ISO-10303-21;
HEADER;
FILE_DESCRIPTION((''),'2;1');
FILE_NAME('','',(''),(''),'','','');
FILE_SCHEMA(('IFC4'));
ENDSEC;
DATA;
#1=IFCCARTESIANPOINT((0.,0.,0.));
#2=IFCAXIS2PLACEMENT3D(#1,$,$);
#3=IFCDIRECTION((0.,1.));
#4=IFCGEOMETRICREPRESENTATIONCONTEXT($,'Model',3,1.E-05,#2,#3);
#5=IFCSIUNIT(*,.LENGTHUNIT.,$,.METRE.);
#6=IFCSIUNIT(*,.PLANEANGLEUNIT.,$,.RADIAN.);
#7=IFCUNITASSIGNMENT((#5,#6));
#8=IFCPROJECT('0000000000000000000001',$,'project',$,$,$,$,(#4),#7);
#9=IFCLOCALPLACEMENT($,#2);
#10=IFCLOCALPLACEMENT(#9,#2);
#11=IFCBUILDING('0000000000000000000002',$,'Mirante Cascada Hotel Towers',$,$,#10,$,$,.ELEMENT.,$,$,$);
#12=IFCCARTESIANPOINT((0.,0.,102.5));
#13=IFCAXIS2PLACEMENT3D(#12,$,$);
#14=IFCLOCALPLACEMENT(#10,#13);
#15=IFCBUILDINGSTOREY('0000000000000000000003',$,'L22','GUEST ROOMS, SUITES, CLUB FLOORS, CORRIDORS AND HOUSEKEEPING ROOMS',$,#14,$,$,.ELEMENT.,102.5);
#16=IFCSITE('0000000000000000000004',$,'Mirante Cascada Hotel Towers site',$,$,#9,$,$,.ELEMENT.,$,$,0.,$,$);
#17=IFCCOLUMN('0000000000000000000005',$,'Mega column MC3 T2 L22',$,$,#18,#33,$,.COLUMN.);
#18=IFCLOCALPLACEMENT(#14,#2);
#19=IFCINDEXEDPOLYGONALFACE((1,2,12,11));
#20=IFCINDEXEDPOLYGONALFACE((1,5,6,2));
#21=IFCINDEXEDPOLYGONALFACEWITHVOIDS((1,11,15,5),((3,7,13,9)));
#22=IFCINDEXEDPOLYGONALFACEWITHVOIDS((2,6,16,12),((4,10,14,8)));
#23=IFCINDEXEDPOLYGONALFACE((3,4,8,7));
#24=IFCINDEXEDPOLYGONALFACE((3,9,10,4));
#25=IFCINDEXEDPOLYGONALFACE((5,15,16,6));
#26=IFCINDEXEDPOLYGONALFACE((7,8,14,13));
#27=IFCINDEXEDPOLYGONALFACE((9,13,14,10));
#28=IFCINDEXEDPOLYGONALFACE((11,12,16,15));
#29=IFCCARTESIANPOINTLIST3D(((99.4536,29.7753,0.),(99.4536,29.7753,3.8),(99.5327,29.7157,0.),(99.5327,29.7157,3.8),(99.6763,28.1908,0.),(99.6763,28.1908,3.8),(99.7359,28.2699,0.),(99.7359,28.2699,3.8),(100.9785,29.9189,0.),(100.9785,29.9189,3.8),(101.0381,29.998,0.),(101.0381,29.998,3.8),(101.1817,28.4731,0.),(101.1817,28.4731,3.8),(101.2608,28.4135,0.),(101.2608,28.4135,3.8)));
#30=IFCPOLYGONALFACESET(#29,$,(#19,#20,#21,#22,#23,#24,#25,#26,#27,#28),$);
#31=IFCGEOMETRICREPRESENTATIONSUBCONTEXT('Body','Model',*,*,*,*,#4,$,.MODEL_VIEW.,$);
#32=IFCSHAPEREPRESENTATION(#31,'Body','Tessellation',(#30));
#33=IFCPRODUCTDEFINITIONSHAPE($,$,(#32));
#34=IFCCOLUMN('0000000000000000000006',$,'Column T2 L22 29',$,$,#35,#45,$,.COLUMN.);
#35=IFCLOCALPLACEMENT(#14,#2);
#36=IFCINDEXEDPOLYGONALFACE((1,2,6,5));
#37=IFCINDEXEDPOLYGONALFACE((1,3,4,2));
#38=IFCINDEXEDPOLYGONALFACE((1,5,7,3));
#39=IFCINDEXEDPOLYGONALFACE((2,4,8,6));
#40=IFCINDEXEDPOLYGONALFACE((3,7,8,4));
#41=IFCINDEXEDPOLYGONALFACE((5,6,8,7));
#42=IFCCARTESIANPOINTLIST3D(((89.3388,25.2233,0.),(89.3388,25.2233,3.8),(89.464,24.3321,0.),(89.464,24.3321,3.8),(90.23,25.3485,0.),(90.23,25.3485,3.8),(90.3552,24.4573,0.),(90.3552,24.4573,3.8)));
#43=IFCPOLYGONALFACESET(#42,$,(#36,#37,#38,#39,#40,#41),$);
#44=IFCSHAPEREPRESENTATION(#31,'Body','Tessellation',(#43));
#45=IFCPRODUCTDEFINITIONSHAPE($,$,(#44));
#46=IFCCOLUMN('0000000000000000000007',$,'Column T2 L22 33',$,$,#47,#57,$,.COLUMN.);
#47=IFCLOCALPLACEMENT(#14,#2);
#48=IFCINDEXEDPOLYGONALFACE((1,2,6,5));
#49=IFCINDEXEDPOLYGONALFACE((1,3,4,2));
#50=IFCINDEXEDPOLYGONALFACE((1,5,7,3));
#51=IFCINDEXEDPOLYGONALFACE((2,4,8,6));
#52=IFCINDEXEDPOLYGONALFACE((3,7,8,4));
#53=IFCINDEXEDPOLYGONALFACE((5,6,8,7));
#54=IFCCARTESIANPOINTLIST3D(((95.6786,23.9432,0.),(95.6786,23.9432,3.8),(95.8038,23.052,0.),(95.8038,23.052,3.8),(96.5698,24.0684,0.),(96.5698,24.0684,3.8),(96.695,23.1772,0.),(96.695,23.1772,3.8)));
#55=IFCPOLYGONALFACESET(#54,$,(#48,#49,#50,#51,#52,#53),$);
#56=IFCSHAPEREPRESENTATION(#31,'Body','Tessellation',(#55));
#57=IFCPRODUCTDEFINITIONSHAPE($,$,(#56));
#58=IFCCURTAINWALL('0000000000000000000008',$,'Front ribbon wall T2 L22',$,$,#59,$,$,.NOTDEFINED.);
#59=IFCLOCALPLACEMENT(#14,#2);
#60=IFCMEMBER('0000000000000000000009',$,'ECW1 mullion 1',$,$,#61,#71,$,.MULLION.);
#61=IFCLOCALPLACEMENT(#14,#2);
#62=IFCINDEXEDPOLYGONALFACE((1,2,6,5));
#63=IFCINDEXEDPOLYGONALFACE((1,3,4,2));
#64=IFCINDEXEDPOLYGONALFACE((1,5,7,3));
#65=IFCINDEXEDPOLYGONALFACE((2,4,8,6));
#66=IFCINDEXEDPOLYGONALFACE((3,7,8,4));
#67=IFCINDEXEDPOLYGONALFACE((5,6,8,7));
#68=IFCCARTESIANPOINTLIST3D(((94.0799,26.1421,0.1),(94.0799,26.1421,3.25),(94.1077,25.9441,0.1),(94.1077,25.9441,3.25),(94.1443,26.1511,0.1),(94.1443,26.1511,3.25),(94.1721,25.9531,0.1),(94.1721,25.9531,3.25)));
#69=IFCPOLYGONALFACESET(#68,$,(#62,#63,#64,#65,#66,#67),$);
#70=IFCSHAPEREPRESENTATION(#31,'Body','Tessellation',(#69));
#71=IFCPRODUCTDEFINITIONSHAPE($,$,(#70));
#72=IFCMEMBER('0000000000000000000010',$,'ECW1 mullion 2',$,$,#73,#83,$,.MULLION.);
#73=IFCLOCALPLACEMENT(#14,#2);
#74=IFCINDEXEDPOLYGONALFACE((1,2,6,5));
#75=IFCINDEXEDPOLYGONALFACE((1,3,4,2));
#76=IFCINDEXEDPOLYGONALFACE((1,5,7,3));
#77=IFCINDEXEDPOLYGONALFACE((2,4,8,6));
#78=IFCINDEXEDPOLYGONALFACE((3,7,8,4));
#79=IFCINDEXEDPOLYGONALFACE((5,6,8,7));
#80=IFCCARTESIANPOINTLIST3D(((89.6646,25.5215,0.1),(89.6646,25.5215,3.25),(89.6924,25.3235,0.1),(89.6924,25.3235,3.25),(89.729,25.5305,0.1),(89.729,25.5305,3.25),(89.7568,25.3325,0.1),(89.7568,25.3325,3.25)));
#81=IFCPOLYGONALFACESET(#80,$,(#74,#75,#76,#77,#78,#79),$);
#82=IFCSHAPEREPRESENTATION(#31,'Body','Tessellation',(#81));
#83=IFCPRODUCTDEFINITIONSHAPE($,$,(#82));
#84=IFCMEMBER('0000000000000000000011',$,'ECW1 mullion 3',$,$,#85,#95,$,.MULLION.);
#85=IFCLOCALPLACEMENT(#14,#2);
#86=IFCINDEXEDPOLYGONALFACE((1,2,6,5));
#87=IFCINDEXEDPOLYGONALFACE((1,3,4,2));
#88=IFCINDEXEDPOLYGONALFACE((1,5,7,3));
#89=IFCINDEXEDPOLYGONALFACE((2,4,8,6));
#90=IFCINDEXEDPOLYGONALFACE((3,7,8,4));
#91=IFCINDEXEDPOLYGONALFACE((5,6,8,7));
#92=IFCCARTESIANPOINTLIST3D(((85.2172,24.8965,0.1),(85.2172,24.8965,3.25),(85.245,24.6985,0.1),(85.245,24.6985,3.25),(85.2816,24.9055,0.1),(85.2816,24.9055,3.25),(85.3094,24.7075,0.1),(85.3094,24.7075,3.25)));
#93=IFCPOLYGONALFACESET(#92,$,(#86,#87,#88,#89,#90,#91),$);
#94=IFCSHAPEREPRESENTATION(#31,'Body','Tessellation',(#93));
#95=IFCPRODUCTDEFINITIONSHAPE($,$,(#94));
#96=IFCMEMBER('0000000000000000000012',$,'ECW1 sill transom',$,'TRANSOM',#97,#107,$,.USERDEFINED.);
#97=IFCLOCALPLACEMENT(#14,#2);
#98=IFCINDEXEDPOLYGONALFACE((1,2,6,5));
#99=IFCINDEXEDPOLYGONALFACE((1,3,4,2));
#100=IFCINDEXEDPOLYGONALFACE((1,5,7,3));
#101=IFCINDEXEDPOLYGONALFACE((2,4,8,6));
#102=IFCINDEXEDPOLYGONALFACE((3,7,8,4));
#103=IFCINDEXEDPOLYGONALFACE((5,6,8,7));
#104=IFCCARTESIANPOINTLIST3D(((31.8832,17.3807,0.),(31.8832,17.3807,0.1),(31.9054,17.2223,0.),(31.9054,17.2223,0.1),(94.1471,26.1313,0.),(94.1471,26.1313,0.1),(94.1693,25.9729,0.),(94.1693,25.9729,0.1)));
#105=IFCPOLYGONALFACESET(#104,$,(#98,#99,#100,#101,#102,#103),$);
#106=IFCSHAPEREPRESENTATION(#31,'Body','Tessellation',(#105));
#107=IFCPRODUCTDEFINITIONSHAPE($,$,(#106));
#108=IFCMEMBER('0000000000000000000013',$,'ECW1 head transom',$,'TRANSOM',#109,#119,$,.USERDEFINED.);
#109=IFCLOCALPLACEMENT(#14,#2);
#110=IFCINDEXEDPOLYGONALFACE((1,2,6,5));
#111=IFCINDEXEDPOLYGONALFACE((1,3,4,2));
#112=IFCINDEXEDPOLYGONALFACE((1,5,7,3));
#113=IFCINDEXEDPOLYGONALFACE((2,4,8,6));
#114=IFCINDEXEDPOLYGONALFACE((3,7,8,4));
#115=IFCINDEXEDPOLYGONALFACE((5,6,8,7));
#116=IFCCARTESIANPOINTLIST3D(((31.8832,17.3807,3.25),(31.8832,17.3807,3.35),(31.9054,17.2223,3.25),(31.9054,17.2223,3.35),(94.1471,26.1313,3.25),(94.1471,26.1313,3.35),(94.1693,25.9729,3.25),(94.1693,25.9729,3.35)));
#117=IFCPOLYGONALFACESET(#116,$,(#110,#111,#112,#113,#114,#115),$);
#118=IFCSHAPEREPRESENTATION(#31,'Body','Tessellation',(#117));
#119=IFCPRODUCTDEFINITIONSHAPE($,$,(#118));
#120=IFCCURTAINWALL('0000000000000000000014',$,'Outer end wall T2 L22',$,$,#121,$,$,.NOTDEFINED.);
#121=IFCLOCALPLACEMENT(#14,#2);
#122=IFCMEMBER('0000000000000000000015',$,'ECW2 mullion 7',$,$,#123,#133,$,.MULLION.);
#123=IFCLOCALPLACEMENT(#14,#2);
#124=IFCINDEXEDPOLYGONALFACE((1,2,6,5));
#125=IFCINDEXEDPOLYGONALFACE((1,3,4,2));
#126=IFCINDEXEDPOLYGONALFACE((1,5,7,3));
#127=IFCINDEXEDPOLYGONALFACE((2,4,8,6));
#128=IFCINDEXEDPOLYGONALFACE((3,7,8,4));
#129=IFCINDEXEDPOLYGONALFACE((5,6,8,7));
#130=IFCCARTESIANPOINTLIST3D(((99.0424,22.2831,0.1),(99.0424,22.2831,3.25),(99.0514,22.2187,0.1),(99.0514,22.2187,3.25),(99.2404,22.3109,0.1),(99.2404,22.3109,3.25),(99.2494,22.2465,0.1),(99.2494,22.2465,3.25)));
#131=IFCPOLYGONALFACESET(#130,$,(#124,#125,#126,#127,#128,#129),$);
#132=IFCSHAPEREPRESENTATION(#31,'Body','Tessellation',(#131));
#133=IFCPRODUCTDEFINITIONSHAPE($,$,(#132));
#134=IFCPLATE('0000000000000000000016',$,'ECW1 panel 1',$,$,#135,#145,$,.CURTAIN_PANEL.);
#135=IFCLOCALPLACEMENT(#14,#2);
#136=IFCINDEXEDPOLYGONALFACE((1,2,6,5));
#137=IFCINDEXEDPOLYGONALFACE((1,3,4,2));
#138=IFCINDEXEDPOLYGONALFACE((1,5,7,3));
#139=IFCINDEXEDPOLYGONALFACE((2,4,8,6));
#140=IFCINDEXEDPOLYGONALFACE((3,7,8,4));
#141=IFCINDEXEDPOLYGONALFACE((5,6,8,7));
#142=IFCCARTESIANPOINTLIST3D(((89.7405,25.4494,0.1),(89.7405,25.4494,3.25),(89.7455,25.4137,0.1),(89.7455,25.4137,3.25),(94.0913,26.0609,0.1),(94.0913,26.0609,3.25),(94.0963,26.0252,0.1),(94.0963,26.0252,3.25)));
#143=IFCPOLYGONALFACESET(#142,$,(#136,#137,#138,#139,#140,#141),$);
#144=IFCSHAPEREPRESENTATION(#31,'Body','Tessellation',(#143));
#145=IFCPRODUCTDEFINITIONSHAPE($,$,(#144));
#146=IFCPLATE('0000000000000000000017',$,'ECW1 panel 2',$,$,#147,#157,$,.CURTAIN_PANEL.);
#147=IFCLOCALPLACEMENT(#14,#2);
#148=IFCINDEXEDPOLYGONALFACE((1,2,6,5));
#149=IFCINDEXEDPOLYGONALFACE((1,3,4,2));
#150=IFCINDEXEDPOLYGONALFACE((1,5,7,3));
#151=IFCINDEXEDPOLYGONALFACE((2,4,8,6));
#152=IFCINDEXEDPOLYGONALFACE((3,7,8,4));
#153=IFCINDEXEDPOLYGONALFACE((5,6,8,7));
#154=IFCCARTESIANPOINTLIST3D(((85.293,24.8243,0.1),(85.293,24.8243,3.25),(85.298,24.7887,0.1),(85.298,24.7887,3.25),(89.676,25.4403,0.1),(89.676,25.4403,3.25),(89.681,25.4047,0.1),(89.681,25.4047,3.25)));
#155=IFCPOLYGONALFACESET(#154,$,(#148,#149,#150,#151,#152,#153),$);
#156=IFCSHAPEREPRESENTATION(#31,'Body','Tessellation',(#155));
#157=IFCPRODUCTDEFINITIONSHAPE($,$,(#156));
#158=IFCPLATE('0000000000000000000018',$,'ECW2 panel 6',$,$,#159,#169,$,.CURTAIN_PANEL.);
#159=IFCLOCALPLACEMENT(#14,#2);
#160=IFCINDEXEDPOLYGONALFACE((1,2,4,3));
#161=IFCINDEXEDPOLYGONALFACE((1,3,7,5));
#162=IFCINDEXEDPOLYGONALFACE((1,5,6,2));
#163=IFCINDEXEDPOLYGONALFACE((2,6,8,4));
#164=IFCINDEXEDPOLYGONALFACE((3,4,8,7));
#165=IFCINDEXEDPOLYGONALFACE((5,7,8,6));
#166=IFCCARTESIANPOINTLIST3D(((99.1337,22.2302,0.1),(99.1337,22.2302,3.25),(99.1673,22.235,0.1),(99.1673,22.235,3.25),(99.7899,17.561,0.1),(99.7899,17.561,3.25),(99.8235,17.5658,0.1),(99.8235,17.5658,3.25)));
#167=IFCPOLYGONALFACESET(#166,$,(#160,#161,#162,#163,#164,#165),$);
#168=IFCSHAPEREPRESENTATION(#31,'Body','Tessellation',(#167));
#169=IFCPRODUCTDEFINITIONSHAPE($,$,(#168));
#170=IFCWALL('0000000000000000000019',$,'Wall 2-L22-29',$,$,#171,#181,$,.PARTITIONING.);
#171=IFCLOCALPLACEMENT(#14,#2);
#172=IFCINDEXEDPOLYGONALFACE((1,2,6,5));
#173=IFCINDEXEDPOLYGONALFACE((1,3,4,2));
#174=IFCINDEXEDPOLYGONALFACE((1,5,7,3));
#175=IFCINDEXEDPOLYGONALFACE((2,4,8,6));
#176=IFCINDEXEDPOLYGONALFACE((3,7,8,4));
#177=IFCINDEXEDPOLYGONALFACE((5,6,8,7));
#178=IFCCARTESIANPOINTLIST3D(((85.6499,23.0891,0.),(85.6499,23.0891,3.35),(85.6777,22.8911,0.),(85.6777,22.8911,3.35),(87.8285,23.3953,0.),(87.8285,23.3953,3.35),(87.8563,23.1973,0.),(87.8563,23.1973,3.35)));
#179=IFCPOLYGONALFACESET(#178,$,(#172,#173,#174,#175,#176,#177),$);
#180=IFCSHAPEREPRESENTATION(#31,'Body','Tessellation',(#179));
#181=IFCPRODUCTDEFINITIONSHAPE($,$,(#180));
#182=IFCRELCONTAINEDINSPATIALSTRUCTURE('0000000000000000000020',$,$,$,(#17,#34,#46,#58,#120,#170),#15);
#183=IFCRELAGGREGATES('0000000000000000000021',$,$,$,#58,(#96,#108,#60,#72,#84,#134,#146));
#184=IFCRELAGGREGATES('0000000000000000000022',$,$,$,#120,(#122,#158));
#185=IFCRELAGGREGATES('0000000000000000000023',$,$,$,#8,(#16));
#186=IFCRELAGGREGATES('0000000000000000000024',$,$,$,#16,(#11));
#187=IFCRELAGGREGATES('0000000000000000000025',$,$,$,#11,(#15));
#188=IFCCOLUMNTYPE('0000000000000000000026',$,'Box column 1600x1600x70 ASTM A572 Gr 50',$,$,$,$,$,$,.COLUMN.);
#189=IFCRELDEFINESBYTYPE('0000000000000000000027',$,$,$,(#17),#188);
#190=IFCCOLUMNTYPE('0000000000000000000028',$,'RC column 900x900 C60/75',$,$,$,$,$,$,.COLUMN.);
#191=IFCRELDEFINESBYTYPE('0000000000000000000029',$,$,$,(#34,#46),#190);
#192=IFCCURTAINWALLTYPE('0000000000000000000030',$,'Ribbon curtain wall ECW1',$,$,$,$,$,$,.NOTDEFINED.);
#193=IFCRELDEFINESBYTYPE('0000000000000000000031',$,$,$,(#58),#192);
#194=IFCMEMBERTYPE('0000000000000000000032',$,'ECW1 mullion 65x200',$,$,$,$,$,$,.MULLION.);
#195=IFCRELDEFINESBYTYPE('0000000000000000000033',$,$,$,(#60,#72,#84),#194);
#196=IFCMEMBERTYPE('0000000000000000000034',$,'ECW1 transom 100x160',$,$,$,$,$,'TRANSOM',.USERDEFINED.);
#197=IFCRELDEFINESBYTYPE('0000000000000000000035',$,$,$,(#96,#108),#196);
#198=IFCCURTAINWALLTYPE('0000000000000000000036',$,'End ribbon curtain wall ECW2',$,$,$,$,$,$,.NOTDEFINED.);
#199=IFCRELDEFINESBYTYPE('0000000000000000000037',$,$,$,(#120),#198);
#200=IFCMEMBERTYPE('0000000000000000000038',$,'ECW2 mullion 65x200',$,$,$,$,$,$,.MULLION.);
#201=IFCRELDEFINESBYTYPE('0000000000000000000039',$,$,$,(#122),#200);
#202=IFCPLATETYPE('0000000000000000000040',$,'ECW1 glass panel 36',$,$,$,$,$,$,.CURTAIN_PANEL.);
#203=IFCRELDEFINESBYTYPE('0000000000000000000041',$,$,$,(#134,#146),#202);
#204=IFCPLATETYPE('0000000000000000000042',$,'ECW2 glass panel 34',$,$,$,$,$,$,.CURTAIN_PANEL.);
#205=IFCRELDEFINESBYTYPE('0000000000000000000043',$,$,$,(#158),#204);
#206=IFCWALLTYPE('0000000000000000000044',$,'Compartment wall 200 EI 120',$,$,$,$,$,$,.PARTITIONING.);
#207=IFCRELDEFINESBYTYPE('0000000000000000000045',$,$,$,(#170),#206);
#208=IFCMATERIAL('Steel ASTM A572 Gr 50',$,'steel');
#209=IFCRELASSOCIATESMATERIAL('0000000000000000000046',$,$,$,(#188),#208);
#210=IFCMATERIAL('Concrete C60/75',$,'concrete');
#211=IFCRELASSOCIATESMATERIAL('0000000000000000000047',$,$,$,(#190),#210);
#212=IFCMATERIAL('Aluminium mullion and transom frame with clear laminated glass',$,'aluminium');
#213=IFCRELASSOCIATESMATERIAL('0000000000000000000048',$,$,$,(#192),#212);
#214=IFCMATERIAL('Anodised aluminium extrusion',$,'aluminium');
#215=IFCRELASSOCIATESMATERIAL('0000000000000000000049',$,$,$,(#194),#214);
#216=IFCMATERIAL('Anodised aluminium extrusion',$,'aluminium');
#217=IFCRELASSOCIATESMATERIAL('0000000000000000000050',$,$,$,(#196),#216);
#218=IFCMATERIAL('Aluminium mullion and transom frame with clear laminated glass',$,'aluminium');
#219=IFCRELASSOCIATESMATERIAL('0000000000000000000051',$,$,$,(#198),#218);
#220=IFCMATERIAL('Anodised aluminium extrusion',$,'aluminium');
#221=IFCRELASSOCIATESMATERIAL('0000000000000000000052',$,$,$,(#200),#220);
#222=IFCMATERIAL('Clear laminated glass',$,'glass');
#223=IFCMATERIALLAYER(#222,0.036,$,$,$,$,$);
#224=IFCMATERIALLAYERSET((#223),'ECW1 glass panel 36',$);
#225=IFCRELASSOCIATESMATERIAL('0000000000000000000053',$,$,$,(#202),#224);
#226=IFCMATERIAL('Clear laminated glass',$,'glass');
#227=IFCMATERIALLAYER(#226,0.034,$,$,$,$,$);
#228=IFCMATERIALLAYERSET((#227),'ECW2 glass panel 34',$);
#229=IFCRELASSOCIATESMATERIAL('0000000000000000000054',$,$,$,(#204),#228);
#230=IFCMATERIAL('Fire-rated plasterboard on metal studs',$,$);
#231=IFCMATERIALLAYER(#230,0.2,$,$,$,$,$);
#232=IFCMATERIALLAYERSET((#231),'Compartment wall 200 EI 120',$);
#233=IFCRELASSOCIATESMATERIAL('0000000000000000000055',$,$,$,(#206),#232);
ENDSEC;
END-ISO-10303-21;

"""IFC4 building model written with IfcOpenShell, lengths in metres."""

from ifc_helpers import new_model, si_unit, direction, frame, frame_2d, origin, origin_2d, place, context, subcontext, project, spatial, rectangle, hollow_rectangle, extrude, material, layer, layer_set, material_profile, profile_set, type_object, element, aggregate, save


model = new_model("IFC4")

# Units and contexts
model_context = context("Model", 3, precision=1e-05, world=origin(), true_north=direction((0.0, 1.0)))
body_context = subcontext(model_context, "Body", "Model", "MODEL_VIEW")
ifc_project = project(units=[si_unit("LENGTHUNIT", "METRE"), si_unit("PLANEANGLEUNIT", "RADIAN")], contexts=[model_context])

# Site, building, storey
site_placement = place(None, origin())
site = spatial("IfcSite", under=ifc_project, at=site_placement, Name="Mirante Cascada Hotel Towers site", CompositionType="ELEMENT", RefElevation=0.0)
building_placement = place(site_placement, origin())
building = spatial("IfcBuilding", under=site, at=building_placement, Name="Mirante Cascada Hotel Towers", CompositionType="ELEMENT")
storey_placement = place(building_placement, frame((0.0, 0.0, 102.5)))
storey = spatial("IfcBuildingStorey", under=building, at=storey_placement, Name="L22", Description="GUEST ROOMS, SUITES, CLUB FLOORS, CORRIDORS AND HOUSEKEEPING ROOMS", CompositionType="ELEMENT", Elevation=102.5)

# Columns
ifc_material_1 = material(Name="Steel ASTM A572 Gr 50", Category="steel")
ifc_material_profile_1 = material_profile(ifc_material_1, hollow_rectangle(XDim=1.6, YDim=1.6, WallThickness=0.07, at=origin_2d()), Name="Box column 1600x1600x70 ASTM A572 Gr 50")
ifc_profile_set_1 = profile_set([ifc_material_profile_1], Name="Steel ASTM A572 Gr 50")
column_type_1 = type_object("IfcColumnType", Name="Box column 1600x1600x70 ASTM A572 Gr 50", PredefinedType="COLUMN", material=ifc_profile_set_1)
column_placement = place(storey_placement, frame((100.3572, 29.0944, 0.0), z_axis=(0.0, 0.0, 1.0), x_axis=(0.990268, 0.139173, 0.0)))
element("IfcColumn", 1, at=column_placement, inside=storey, type_object=column_type_1, Name="Mega column MC3 T2 L22", PredefinedType="COLUMN", context=body_context, shape_type="SweptSolid", body=[
    extrude(hollow_rectangle(XDim=1.6, YDim=1.6, WallThickness=0.07, at=origin_2d()), origin(), (0.0, 0.0, 1.0), 3.8),
])
ifc_material_2 = material(Name="Concrete C60/75", Category="concrete")
ifc_material_profile_2 = material_profile(ifc_material_2, rectangle(XDim=0.9, YDim=0.9, at=origin_2d()), Name="RC column 900x900 C60/75")
ifc_profile_set_2 = profile_set([ifc_material_profile_2], Name="Concrete C60/75")
column_type_2 = type_object("IfcColumnType", Name="RC column 900x900 C60/75", PredefinedType="COLUMN", material=ifc_profile_set_2)
for number, where, z_axis, x_axis, name in (
    (2, (89.847, 24.8403, 0.0), (0.0, 0.0, 1.0), (0.990268, 0.139173, 0.0), "Column T2 L22 29"),
    (3, (96.1868, 23.5602, 0.0), (0.0, 0.0, 1.0), (0.990268, 0.139173, 0.0), "Column T2 L22 33"),
):
    element("IfcColumn", number, at=place(storey_placement, frame(where, z_axis=z_axis, x_axis=x_axis)), inside=storey, type_object=column_type_2, Name=name, PredefinedType="COLUMN", context=body_context, shape_type="SweptSolid", body=[
        extrude(rectangle(XDim=0.9, YDim=0.9, at=origin_2d()), origin(), (0.0, 0.0, 1.0), 3.8),
    ])

# Curtain wall, members
ifc_material_3 = material(Name="Aluminium mullion and transom frame with clear laminated glass", Category="aluminium")
curtain_wall_type_1 = type_object("IfcCurtainWallType", Name="Ribbon curtain wall ECW1", PredefinedType="NOTDEFINED", material=ifc_material_3)
curtain_wall_1_placement = place(storey_placement, origin())
curtain_wall_1 = element("IfcCurtainWall", 4, at=curtain_wall_1_placement, inside=storey, type_object=curtain_wall_type_1, Name="Front ribbon wall T2 L22", PredefinedType="NOTDEFINED")
ifc_material_4 = material(Name="Anodised aluminium extrusion", Category="aluminium")
ifc_material_profile_3 = material_profile(ifc_material_4, rectangle(XDim=0.2, YDim=0.065, at=origin_2d()), Name="ECW1 MULLION 65x200")
ifc_profile_set_3 = profile_set([ifc_material_profile_3], Name="Anodised aluminium extrusion")
member_type_1 = type_object("IfcMemberType", Name="ECW1 mullion 65x200", PredefinedType="MULLION", material=ifc_profile_set_3)
member_1_placement = place(storey_placement, frame((94.126, 26.0476, 0.1), z_axis=(0.0, 0.0, 1.0), x_axis=(0.139173, -0.990268, 0.0)))
member_1 = element("IfcMember", 5, at=member_1_placement, type_object=member_type_1, Name="ECW1 mullion 1", PredefinedType="MULLION", context=body_context, shape_type="SweptSolid", body=[
    extrude(rectangle(XDim=0.2, YDim=0.065, at=origin_2d()), origin(), (0.0, 0.0, 1.0), 3.15),
])
member_2_placement = place(storey_placement, frame((89.7107, 25.427, 0.1), z_axis=(0.0, 0.0, 1.0), x_axis=(0.139173, -0.990268, 0.0)))
member_2 = element("IfcMember", 6, at=member_2_placement, type_object=member_type_1, Name="ECW1 mullion 2", PredefinedType="MULLION", context=body_context, shape_type="SweptSolid", body=[
    extrude(rectangle(XDim=0.2, YDim=0.065, at=origin_2d()), origin(), (0.0, 0.0, 1.0), 3.15),
])
member_3_placement = place(storey_placement, frame((85.2633, 24.802, 0.1), z_axis=(0.0, 0.0, 1.0), x_axis=(0.139173, -0.990268, 0.0)))
member_3 = element("IfcMember", 7, at=member_3_placement, type_object=member_type_1, Name="ECW1 mullion 3", PredefinedType="MULLION", context=body_context, shape_type="SweptSolid", body=[
    extrude(rectangle(XDim=0.2, YDim=0.065, at=origin_2d()), origin(), (0.0, 0.0, 1.0), 3.15),
])
ifc_material_5 = material(Name="Anodised aluminium extrusion", Category="aluminium")
ifc_material_profile_4 = material_profile(ifc_material_5, rectangle(XDim=0.16, YDim=0.1, at=origin_2d()), Name="ECW1 TRANSOM 100x160")
ifc_profile_set_4 = profile_set([ifc_material_profile_4], Name="Anodised aluminium extrusion")
member_type_2 = type_object("IfcMemberType", Name="ECW1 transom 100x160", ElementType="TRANSOM", PredefinedType="USERDEFINED", material=ifc_profile_set_4)
member_4_placement = place(storey_placement, frame((94.1582, 26.0521, 0.05), z_axis=(-0.990268, -0.139173, 0.0), x_axis=(0.139173, -0.990268, 0.0)))
member_4 = element("IfcMember", 8, at=member_4_placement, type_object=member_type_2, Name="ECW1 sill transom", ObjectType="TRANSOM", PredefinedType="USERDEFINED", context=body_context, shape_type="SweptSolid", body=[
    extrude(rectangle(XDim=0.16, YDim=0.1, at=origin_2d()), origin(), (0.0, 0.0, 1.0), 62.8758),
])
member_5_placement = place(storey_placement, frame((94.1582, 26.0521, 3.3), z_axis=(-0.990268, -0.139173, 0.0), x_axis=(0.139173, -0.990268, 0.0)))
member_5 = element("IfcMember", 9, at=member_5_placement, type_object=member_type_2, Name="ECW1 head transom", ObjectType="TRANSOM", PredefinedType="USERDEFINED", context=body_context, shape_type="SweptSolid", body=[
    extrude(rectangle(XDim=0.16, YDim=0.1, at=origin_2d()), origin(), (0.0, 0.0, 1.0), 62.8758),
])

# Curtain wall, member
ifc_material_6 = material(Name="Aluminium mullion and transom frame with clear laminated glass", Category="aluminium")
curtain_wall_type_2 = type_object("IfcCurtainWallType", Name="End ribbon curtain wall ECW2", PredefinedType="NOTDEFINED", material=ifc_material_6)
curtain_wall_2_placement = place(storey_placement, origin())
curtain_wall_2 = element("IfcCurtainWall", 10, at=curtain_wall_2_placement, inside=storey, type_object=curtain_wall_type_2, Name="Outer end wall T2 L22", PredefinedType="NOTDEFINED")
ifc_material_7 = material(Name="Anodised aluminium extrusion", Category="aluminium")
ifc_material_profile_5 = material_profile(ifc_material_7, rectangle(XDim=0.2, YDim=0.065, at=origin_2d()), Name="ECW2 MULLION 65x200")
ifc_profile_set_5 = profile_set([ifc_material_profile_5], Name="Anodised aluminium extrusion")
member_type_3 = type_object("IfcMemberType", Name="ECW2 mullion 65x200", PredefinedType="MULLION", material=ifc_profile_set_5)
member_6_placement = place(storey_placement, frame((99.1459, 22.2648, 0.1), z_axis=(0.0, 0.0, 1.0), x_axis=(-0.990268, -0.139173, 0.0)))
member_6 = element("IfcMember", 11, at=member_6_placement, type_object=member_type_3, Name="ECW2 mullion 7", PredefinedType="MULLION", context=body_context, shape_type="SweptSolid", body=[
    extrude(rectangle(XDim=0.2, YDim=0.065, at=origin_2d()), origin(), (0.0, 0.0, 1.0), 3.15),
])

# Plates
ifc_material_8 = material(Name="Clear laminated glass", Category="glass")
ifc_layer_1 = layer(ifc_material_8, 0.036)
ifc_layer_set_1 = layer_set([ifc_layer_1], Name="ECW1 glass panel 36")
plate_type_1 = type_object("IfcPlateType", Name="ECW1 glass panel 36", PredefinedType="CURTAIN_PANEL", material=ifc_layer_set_1)
plate_1_placement = place(storey_placement, frame((91.9184, 25.7373, 0.1), z_axis=(0.0, 0.0, 1.0), x_axis=(-0.990268, -0.139173, 0.0)))
plate_1 = element("IfcPlate", 12, at=plate_1_placement, type_object=plate_type_1, Name="ECW1 panel 1", PredefinedType="CURTAIN_PANEL", context=body_context, shape_type="SweptSolid", body=[
    extrude(rectangle(XDim=4.3936, YDim=0.036, at=origin_2d()), origin(), (0.0, 0.0, 1.0), 3.15),
])
plate_2_placement = place(storey_placement, frame((87.487, 25.1145, 0.1), z_axis=(0.0, 0.0, 1.0), x_axis=(-0.990268, -0.139173, 0.0)))
plate_2 = element("IfcPlate", 13, at=plate_2_placement, type_object=plate_type_1, Name="ECW1 panel 2", PredefinedType="CURTAIN_PANEL", context=body_context, shape_type="SweptSolid", body=[
    extrude(rectangle(XDim=4.4261, YDim=0.036, at=origin_2d()), origin(), (0.0, 0.0, 1.0), 3.15),
])
aggregate(curtain_wall_1, [member_4, member_5, member_1, member_2, member_3, plate_1, plate_2])
ifc_material_9 = material(Name="Clear laminated glass", Category="glass")
ifc_layer_2 = layer(ifc_material_9, 0.034)
ifc_layer_set_2 = layer_set([ifc_layer_2], Name="ECW2 glass panel 34")
plate_type_2 = type_object("IfcPlateType", Name="ECW2 glass panel 34", PredefinedType="CURTAIN_PANEL", material=ifc_layer_set_2)
plate_3_placement = place(storey_placement, frame((99.4786, 19.898, 0.1), z_axis=(0.0, 0.0, 1.0), x_axis=(-0.139173, 0.990268, 0.0)))
plate_3 = element("IfcPlate", 14, at=plate_3_placement, type_object=plate_type_2, Name="ECW2 panel 6", PredefinedType="CURTAIN_PANEL", context=body_context, shape_type="SweptSolid", body=[
    extrude(rectangle(XDim=4.7151, YDim=0.034, at=origin_2d()), origin(), (0.0, 0.0, 1.0), 3.15),
])
aggregate(curtain_wall_2, [member_6, plate_3])

# Wall
ifc_material_10 = material(Name="Fire-rated plasterboard on metal studs")
ifc_layer_3 = layer(ifc_material_10, 0.2)
ifc_layer_set_3 = layer_set([ifc_layer_3], Name="Compartment wall 200 EI 120")
wall_type_1 = type_object("IfcWallType", Name="Compartment wall 200 EI 120", PredefinedType="PARTITIONING", material=ifc_layer_set_3)
wall_1_placement = place(storey_placement, frame((85.6638, 22.9901, 0.0), z_axis=(0.0, 0.0, 1.0), x_axis=(0.990267, 0.139181, 0.0)))
element("IfcWall", 15, at=wall_1_placement, inside=storey, type_object=wall_type_1, Name="Wall 2-L22-29", PredefinedType="PARTITIONING", context=body_context, shape_type="SweptSolid", body=[
    extrude(rectangle(XDim=2.2, YDim=0.2, at=frame_2d((1.1, 0.0))), origin(), (0.0, 0.0, 1.0), 3.35),
])

save(model, "model.ifc")
